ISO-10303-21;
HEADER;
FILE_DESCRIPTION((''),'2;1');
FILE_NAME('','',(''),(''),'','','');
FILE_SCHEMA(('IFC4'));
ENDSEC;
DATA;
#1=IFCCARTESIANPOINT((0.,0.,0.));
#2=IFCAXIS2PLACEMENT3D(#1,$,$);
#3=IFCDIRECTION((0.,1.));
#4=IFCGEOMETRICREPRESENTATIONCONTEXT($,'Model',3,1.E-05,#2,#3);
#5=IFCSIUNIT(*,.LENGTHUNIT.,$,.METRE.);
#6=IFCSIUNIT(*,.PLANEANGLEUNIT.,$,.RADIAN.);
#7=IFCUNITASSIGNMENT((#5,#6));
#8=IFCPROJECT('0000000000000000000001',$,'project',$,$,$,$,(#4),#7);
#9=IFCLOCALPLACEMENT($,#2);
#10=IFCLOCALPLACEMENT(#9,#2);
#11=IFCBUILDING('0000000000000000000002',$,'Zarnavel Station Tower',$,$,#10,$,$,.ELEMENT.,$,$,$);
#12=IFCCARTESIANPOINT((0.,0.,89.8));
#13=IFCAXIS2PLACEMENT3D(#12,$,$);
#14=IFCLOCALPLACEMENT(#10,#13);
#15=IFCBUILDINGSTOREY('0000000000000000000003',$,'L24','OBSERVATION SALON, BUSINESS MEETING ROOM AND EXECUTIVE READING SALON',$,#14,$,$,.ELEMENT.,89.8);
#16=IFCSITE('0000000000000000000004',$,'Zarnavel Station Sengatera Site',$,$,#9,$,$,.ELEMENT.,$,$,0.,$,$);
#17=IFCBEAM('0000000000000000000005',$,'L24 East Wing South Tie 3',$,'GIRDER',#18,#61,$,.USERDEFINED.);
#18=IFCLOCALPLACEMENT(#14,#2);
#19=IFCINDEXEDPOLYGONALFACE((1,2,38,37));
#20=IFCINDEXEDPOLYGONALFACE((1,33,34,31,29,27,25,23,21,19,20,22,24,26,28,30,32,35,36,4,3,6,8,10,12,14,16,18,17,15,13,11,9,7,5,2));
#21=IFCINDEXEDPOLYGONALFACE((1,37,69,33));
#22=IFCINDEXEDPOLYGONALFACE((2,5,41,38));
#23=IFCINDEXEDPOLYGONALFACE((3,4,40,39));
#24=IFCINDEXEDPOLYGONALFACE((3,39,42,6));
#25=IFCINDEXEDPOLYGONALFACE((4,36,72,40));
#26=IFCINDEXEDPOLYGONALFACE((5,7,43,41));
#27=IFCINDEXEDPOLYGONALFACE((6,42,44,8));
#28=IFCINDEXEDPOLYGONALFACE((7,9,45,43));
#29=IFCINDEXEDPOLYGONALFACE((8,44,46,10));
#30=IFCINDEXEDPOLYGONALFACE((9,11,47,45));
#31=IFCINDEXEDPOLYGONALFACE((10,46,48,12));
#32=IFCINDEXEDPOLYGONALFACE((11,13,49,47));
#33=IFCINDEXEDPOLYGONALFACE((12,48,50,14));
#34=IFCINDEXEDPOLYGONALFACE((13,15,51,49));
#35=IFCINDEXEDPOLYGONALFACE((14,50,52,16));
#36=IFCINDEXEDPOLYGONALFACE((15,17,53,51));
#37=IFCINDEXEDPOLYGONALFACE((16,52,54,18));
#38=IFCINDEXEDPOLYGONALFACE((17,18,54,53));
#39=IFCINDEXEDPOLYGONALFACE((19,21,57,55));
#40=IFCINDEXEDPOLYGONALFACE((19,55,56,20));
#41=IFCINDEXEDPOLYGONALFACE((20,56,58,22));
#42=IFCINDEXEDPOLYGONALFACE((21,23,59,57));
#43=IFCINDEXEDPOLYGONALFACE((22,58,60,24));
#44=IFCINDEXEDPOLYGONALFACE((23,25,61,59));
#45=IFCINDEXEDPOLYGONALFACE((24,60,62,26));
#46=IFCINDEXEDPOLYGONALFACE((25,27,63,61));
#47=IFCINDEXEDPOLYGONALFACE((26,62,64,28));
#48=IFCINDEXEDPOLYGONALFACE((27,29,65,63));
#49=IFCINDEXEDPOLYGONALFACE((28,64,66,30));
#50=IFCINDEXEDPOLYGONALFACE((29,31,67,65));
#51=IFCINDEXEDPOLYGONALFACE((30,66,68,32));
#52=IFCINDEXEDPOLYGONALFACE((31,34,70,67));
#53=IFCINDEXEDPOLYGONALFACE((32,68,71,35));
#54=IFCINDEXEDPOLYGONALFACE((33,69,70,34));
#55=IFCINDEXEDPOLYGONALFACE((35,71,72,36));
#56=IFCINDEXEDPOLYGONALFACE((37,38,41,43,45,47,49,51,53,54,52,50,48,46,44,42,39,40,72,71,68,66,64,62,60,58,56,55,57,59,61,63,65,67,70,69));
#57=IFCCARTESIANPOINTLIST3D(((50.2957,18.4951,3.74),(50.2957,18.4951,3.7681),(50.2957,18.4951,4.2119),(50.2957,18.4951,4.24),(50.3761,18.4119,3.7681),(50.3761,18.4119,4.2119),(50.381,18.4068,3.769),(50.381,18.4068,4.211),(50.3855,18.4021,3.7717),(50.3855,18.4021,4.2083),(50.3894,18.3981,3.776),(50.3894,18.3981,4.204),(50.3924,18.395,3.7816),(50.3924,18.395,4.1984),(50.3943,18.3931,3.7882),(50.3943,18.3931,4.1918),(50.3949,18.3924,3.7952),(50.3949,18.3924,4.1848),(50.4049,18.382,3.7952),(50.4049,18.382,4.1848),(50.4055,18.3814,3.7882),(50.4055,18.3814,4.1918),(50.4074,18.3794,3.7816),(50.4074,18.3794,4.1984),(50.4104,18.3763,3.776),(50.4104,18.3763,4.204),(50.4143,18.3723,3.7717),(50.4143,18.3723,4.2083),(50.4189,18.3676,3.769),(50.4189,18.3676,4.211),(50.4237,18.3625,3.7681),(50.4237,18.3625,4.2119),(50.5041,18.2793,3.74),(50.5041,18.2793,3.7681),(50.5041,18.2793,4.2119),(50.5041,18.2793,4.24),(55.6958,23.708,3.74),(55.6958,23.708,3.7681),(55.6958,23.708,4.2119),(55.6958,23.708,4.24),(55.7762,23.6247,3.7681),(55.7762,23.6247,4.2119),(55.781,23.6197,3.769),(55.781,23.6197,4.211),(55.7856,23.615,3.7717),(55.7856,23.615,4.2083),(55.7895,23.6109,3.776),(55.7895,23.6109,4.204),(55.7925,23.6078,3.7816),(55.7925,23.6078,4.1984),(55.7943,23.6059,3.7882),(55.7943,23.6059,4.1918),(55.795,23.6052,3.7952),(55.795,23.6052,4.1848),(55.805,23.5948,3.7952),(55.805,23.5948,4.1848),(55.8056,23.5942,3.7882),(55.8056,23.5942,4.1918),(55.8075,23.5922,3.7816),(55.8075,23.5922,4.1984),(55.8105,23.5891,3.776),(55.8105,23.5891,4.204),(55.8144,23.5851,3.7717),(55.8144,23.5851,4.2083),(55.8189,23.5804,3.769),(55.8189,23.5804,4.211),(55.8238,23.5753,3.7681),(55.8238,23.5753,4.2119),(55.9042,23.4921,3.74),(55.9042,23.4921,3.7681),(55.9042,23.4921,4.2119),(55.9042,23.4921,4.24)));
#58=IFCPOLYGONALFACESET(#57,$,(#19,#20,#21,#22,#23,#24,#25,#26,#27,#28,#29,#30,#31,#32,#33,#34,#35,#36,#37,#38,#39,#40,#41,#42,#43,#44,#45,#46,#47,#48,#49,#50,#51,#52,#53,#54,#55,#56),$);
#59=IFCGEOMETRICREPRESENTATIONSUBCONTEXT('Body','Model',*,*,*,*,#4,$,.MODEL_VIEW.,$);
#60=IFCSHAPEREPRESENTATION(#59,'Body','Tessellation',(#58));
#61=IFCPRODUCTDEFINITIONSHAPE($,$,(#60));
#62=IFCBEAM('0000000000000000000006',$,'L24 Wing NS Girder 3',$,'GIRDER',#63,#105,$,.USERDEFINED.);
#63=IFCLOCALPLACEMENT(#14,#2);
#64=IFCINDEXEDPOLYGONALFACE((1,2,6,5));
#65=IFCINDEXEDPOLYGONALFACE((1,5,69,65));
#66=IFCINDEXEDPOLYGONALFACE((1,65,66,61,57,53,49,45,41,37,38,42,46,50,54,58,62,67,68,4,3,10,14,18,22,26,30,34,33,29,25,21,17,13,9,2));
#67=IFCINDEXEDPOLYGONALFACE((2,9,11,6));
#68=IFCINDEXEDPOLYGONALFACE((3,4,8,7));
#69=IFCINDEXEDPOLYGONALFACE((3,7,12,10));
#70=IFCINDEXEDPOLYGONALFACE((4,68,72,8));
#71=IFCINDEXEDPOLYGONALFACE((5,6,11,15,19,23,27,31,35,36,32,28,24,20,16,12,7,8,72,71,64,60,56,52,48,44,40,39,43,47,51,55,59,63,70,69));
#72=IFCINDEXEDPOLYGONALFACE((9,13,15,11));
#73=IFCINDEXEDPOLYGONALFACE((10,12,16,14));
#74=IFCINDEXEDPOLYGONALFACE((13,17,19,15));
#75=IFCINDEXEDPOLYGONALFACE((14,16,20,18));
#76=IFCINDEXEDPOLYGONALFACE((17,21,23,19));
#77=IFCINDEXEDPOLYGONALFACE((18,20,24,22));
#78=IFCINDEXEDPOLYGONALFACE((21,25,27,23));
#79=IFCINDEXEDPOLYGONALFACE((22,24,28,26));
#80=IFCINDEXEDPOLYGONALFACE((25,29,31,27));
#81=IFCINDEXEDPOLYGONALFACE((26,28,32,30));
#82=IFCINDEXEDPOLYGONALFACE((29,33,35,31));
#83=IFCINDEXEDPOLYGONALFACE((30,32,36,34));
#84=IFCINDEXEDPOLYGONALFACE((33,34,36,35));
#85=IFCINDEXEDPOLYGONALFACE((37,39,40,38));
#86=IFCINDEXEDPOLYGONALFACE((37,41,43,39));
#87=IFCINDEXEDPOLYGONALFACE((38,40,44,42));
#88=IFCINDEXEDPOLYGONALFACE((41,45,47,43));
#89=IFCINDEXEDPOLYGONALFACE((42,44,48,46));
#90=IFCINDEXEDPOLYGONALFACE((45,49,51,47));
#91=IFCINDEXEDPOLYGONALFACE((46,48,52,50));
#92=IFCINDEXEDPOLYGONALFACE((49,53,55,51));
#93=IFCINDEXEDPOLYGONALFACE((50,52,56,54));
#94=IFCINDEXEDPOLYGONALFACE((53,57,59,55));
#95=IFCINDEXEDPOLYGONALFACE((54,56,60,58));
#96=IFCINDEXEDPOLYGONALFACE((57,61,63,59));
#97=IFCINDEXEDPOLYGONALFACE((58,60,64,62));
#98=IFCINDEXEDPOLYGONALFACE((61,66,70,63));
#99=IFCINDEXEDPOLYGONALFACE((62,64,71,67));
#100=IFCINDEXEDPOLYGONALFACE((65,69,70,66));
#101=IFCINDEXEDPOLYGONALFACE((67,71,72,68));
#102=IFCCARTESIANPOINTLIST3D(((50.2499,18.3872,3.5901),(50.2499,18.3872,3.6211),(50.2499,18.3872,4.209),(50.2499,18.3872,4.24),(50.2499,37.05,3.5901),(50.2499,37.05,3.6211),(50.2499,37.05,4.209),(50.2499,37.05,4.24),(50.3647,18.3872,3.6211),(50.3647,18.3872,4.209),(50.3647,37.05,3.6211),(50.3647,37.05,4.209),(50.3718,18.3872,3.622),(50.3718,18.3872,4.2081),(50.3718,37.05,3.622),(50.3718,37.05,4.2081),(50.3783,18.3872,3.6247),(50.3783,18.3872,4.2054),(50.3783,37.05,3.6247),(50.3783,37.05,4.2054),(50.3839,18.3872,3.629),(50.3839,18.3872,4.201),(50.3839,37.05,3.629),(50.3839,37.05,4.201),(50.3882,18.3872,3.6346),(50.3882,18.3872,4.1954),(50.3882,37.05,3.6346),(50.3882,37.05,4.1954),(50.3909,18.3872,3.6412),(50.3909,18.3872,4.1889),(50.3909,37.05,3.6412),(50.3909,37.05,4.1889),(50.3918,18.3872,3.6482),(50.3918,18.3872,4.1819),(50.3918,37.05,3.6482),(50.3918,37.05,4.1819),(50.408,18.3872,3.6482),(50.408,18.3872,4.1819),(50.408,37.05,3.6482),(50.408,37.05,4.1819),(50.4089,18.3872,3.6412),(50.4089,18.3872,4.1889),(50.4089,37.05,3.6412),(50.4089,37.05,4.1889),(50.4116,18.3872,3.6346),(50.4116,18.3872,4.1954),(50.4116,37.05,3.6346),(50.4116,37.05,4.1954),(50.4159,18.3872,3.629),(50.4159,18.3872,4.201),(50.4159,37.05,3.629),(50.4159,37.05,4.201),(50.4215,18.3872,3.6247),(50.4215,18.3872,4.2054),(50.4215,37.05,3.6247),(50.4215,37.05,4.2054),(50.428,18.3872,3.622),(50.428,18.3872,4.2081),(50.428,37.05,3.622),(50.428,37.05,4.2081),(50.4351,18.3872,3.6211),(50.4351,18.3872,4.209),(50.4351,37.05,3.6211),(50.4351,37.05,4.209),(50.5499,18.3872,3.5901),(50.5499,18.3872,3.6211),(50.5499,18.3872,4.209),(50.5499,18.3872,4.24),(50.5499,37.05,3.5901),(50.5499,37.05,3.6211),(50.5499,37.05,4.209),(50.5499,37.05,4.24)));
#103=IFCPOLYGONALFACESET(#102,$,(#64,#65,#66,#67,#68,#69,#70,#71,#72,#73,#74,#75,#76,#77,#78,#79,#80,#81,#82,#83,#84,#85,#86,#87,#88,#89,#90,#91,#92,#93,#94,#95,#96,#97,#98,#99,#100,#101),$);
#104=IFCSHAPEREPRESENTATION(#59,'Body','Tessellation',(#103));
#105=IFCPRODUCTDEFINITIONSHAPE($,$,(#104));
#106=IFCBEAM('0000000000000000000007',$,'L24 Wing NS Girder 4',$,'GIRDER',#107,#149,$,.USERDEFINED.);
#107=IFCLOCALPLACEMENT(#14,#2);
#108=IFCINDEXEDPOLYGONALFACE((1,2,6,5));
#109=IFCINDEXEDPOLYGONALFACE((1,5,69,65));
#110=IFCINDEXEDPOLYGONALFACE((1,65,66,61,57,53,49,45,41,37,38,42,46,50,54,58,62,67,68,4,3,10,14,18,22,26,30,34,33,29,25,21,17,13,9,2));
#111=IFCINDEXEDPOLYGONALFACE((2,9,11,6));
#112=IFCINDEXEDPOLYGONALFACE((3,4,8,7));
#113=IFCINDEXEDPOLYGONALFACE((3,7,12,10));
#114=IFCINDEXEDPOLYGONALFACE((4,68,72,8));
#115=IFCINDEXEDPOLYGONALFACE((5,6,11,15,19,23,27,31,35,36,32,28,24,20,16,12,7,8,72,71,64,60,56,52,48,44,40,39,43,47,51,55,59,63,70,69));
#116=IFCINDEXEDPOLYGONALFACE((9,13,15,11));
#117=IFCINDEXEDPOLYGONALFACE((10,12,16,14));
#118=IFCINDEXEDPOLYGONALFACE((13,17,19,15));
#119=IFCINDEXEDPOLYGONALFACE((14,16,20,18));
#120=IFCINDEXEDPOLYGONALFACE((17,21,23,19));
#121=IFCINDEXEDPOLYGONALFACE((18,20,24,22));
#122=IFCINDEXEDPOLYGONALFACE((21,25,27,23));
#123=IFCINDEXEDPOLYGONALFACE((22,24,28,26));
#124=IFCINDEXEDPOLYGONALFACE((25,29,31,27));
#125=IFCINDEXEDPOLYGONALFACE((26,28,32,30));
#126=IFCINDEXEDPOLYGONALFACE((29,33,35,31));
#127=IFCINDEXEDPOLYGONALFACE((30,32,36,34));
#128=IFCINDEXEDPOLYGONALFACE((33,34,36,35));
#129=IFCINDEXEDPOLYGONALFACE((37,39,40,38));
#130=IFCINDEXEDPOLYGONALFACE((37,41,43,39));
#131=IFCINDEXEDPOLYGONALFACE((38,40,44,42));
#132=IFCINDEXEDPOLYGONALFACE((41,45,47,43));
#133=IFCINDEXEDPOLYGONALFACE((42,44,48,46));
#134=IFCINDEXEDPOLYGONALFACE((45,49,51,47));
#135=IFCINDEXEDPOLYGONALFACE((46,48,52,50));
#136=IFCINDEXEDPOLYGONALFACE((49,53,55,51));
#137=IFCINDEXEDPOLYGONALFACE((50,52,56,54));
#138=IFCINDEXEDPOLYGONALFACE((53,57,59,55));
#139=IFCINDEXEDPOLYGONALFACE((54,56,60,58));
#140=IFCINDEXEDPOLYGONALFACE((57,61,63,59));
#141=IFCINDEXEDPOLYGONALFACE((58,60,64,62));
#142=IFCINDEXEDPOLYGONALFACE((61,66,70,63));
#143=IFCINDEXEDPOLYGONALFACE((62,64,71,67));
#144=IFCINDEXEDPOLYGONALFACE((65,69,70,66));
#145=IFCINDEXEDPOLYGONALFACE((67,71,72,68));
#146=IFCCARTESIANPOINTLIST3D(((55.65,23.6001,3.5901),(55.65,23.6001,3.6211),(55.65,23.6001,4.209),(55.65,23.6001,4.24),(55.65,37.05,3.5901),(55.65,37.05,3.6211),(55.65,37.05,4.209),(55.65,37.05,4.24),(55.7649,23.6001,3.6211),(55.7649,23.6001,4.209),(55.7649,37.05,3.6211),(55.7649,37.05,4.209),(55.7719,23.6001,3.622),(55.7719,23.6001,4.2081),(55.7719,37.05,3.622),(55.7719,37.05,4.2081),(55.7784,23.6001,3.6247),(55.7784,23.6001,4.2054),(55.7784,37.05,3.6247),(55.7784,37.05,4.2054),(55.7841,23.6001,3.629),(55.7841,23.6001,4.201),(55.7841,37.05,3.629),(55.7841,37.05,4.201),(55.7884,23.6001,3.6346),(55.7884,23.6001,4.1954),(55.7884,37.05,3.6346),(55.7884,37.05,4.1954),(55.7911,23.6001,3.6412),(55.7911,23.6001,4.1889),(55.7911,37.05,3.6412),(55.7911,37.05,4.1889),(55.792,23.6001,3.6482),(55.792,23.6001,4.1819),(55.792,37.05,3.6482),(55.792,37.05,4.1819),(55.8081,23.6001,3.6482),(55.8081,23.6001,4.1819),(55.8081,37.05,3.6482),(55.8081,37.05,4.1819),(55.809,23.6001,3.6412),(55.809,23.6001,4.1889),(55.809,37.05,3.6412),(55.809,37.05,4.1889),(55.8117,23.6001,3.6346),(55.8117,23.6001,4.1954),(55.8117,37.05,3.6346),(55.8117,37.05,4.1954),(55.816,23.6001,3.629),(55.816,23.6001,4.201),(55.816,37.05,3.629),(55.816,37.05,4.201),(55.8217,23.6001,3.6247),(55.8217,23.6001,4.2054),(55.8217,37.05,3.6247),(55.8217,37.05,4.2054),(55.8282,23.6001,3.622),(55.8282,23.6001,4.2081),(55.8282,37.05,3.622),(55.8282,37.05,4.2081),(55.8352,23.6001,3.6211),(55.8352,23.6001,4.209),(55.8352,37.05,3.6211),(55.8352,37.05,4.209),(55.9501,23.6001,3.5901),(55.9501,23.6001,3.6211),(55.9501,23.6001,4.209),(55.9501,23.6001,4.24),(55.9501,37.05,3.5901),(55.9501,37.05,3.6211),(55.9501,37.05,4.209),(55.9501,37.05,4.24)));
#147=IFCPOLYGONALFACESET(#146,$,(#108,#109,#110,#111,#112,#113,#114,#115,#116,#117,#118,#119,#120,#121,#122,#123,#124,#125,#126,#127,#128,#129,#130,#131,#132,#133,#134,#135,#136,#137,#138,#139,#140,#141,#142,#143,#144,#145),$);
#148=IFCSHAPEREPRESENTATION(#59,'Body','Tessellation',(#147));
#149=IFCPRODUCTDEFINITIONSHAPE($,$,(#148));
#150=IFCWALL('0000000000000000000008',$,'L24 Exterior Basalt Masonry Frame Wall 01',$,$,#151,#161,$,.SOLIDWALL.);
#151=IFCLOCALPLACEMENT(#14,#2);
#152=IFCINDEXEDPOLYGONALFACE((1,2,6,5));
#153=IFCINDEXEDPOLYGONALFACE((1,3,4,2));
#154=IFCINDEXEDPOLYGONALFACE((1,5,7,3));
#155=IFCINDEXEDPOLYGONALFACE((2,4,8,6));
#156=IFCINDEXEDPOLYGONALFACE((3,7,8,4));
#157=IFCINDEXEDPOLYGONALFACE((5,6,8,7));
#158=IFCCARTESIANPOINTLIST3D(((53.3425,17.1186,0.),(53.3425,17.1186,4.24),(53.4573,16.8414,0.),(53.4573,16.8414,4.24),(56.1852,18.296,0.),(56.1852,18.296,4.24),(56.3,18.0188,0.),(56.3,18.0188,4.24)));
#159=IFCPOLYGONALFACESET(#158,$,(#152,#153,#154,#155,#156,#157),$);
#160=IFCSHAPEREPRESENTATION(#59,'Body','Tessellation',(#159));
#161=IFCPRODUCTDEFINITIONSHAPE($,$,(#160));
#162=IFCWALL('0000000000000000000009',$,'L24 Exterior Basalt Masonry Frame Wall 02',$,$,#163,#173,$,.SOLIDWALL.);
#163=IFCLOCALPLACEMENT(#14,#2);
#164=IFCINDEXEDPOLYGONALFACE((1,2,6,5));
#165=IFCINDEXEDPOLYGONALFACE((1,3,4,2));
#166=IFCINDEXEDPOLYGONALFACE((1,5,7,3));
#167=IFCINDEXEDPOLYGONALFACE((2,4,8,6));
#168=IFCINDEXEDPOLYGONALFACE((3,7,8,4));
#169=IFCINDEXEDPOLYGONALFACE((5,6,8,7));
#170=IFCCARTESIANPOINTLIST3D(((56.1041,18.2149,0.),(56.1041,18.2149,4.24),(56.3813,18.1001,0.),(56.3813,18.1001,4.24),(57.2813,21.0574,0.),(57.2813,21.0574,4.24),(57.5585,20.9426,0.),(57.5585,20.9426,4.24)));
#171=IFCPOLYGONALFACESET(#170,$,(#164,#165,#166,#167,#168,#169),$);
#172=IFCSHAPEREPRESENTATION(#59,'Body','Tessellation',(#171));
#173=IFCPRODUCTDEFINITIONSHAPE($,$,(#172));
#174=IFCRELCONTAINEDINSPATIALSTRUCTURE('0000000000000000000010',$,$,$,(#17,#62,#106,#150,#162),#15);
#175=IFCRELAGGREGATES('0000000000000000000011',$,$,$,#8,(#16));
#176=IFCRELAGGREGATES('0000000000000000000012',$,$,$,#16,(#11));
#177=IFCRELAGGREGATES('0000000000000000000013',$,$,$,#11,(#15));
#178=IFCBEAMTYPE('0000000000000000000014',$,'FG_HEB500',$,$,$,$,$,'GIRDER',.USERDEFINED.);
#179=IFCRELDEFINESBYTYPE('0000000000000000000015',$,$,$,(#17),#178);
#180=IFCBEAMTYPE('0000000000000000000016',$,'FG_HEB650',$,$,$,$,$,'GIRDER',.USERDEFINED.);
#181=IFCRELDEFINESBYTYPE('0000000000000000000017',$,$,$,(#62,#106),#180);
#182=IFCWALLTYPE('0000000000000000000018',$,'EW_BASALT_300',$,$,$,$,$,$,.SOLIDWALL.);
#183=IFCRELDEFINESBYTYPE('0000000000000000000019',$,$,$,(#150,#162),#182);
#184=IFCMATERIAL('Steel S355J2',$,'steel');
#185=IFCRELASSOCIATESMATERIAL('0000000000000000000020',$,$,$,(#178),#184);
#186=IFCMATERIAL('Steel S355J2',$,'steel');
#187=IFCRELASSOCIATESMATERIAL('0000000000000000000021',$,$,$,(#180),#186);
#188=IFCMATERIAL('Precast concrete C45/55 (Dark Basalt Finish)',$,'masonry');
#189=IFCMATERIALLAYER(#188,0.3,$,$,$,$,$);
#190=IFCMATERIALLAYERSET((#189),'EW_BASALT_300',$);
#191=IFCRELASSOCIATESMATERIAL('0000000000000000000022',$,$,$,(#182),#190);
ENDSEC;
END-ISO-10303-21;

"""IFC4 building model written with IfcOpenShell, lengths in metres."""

from ifc_helpers import new_model, si_unit, direction, frame, frame_2d, origin, origin_2d, place, context, subcontext, project, spatial, rectangle, i_section, extrude, material, layer, layer_set, material_profile, profile_set, type_object, element, save


model = new_model("IFC4")

# Units and contexts
model_context = context("Model", 3, precision=1e-05, world=origin(), true_north=direction((0.0, 1.0)))
body_context = subcontext(model_context, "Body", "Model", "MODEL_VIEW")
ifc_project = project(units=[si_unit("LENGTHUNIT", "METRE"), si_unit("PLANEANGLEUNIT", "RADIAN")], contexts=[model_context])

# Site, building, storey
site_placement = place(None, origin())
site = spatial("IfcSite", under=ifc_project, at=site_placement, Name="Zarnavel Station Sengatera Site", CompositionType="ELEMENT", RefElevation=0.0)
building_placement = place(site_placement, origin())
building = spatial("IfcBuilding", under=site, at=building_placement, Name="Zarnavel Station Tower", CompositionType="ELEMENT")
storey_placement = place(building_placement, frame((0.0, 0.0, 89.8)))
storey = spatial("IfcBuildingStorey", under=building, at=storey_placement, Name="L24", Description="OBSERVATION SALON, BUSINESS MEETING ROOM AND EXECUTIVE READING SALON", CompositionType="ELEMENT", Elevation=89.8)

# Beams
ifc_material_1 = material(Name="Steel S355J2", Category="steel")
ifc_material_profile_1 = material_profile(ifc_material_1, i_section(OverallWidth=0.3, OverallDepth=0.5, WebThickness=0.0144, FlangeThickness=0.0281, FilletRadius=0.0271, at=origin_2d()), Name="HEB500")
ifc_profile_set_1 = profile_set([ifc_material_profile_1], Name="Steel S355J2")
beam_type_1 = type_object("IfcBeamType", Name="FG_HEB500", ElementType="GIRDER", PredefinedType="USERDEFINED", material=ifc_profile_set_1)
beam_1_placement = place(storey_placement, frame((50.3999, 18.3872, 3.99), z_axis=(0.719471, 0.694523, 0.0), x_axis=(-0.694523, 0.719471, 0.0)))
element("IfcBeam", 1, at=beam_1_placement, inside=storey, type_object=beam_type_1, Name="L24 East Wing South Tie 3", ObjectType="GIRDER", PredefinedType="USERDEFINED", context=body_context, shape_type="SweptSolid", body=[
    extrude(i_section(OverallWidth=0.3, OverallDepth=0.5, WebThickness=0.0144, FlangeThickness=0.0281, FilletRadius=0.0271, at=origin_2d()), origin(), (0.0, 0.0, 1.0), 7.5056),
])
ifc_material_2 = material(Name="Steel S355J2", Category="steel")
ifc_material_profile_2 = material_profile(ifc_material_2, i_section(OverallWidth=0.3, OverallDepth=0.6499, WebThickness=0.0161, FlangeThickness=0.031, FilletRadius=0.0271, at=origin_2d()), Name="HEB650")
ifc_profile_set_2 = profile_set([ifc_material_profile_2], Name="Steel S355J2")
beam_type_2 = type_object("IfcBeamType", Name="FG_HEB650", ElementType="GIRDER", PredefinedType="USERDEFINED", material=ifc_profile_set_2)
beam_2_placement = place(storey_placement, frame((50.3999, 18.3872, 3.915), z_axis=(0.0, 1.0, 0.0), x_axis=(-1.0, 0.0, 0.0)))
element("IfcBeam", 2, at=beam_2_placement, inside=storey, type_object=beam_type_2, Name="L24 Wing NS Girder 3", ObjectType="GIRDER", PredefinedType="USERDEFINED", context=body_context, shape_type="SweptSolid", body=[
    extrude(i_section(OverallWidth=0.3, OverallDepth=0.6499, WebThickness=0.0161, FlangeThickness=0.031, FilletRadius=0.0271, at=origin_2d()), origin(), (0.0, 0.0, 1.0), 18.6628),
])
beam_3_placement = place(storey_placement, frame((55.8, 23.6001, 3.915), z_axis=(0.0, 1.0, 0.0), x_axis=(-1.0, 0.0, 0.0)))
element("IfcBeam", 3, at=beam_3_placement, inside=storey, type_object=beam_type_2, Name="L24 Wing NS Girder 4", ObjectType="GIRDER", PredefinedType="USERDEFINED", context=body_context, shape_type="SweptSolid", body=[
    extrude(i_section(OverallWidth=0.3, OverallDepth=0.6499, WebThickness=0.0161, FlangeThickness=0.031, FilletRadius=0.0271, at=origin_2d()), origin(), (0.0, 0.0, 1.0), 13.45),
])

# Walls
ifc_material_3 = material(Name="Precast concrete C45/55 (Dark Basalt Finish)", Category="masonry")
ifc_layer_1 = layer(ifc_material_3, 0.3)
ifc_layer_set_1 = layer_set([ifc_layer_1], Name="EW_BASALT_300")
wall_type_1 = type_object("IfcWallType", Name="EW_BASALT_300", PredefinedType="SOLIDWALL", material=ifc_layer_set_1)
wall_1_placement = place(storey_placement, frame((56.2427, 18.1575, 0.0), z_axis=(0.0, 0.0, 1.0), x_axis=(-0.923882, -0.382676, 0.0)))
element("IfcWall", 4, at=wall_1_placement, inside=storey, type_object=wall_type_1, Name="L24 Exterior Basalt Masonry Frame Wall 01", PredefinedType="SOLIDWALL", context=body_context, shape_type="SweptSolid", body=[
    extrude(rectangle(XDim=3.0769, YDim=0.3, at=frame_2d((1.5386, 0.0))), origin(), (0.0, 0.0, 1.0), 4.24),
])
wall_2_placement = place(storey_placement, frame((57.4199, 21.0, 0.0), z_axis=(0.0, 0.0, 1.0), x_axis=(-0.382637, -0.923899, 0.0)))
element("IfcWall", 5, at=wall_2_placement, inside=storey, type_object=wall_type_1, Name="L24 Exterior Basalt Masonry Frame Wall 02", PredefinedType="SOLIDWALL", context=body_context, shape_type="SweptSolid", body=[
    extrude(rectangle(XDim=3.0767, YDim=0.3, at=frame_2d((1.5383, 0.0))), origin(), (0.0, 0.0, 1.0), 4.24),
])

save(model, "model.ifc")
